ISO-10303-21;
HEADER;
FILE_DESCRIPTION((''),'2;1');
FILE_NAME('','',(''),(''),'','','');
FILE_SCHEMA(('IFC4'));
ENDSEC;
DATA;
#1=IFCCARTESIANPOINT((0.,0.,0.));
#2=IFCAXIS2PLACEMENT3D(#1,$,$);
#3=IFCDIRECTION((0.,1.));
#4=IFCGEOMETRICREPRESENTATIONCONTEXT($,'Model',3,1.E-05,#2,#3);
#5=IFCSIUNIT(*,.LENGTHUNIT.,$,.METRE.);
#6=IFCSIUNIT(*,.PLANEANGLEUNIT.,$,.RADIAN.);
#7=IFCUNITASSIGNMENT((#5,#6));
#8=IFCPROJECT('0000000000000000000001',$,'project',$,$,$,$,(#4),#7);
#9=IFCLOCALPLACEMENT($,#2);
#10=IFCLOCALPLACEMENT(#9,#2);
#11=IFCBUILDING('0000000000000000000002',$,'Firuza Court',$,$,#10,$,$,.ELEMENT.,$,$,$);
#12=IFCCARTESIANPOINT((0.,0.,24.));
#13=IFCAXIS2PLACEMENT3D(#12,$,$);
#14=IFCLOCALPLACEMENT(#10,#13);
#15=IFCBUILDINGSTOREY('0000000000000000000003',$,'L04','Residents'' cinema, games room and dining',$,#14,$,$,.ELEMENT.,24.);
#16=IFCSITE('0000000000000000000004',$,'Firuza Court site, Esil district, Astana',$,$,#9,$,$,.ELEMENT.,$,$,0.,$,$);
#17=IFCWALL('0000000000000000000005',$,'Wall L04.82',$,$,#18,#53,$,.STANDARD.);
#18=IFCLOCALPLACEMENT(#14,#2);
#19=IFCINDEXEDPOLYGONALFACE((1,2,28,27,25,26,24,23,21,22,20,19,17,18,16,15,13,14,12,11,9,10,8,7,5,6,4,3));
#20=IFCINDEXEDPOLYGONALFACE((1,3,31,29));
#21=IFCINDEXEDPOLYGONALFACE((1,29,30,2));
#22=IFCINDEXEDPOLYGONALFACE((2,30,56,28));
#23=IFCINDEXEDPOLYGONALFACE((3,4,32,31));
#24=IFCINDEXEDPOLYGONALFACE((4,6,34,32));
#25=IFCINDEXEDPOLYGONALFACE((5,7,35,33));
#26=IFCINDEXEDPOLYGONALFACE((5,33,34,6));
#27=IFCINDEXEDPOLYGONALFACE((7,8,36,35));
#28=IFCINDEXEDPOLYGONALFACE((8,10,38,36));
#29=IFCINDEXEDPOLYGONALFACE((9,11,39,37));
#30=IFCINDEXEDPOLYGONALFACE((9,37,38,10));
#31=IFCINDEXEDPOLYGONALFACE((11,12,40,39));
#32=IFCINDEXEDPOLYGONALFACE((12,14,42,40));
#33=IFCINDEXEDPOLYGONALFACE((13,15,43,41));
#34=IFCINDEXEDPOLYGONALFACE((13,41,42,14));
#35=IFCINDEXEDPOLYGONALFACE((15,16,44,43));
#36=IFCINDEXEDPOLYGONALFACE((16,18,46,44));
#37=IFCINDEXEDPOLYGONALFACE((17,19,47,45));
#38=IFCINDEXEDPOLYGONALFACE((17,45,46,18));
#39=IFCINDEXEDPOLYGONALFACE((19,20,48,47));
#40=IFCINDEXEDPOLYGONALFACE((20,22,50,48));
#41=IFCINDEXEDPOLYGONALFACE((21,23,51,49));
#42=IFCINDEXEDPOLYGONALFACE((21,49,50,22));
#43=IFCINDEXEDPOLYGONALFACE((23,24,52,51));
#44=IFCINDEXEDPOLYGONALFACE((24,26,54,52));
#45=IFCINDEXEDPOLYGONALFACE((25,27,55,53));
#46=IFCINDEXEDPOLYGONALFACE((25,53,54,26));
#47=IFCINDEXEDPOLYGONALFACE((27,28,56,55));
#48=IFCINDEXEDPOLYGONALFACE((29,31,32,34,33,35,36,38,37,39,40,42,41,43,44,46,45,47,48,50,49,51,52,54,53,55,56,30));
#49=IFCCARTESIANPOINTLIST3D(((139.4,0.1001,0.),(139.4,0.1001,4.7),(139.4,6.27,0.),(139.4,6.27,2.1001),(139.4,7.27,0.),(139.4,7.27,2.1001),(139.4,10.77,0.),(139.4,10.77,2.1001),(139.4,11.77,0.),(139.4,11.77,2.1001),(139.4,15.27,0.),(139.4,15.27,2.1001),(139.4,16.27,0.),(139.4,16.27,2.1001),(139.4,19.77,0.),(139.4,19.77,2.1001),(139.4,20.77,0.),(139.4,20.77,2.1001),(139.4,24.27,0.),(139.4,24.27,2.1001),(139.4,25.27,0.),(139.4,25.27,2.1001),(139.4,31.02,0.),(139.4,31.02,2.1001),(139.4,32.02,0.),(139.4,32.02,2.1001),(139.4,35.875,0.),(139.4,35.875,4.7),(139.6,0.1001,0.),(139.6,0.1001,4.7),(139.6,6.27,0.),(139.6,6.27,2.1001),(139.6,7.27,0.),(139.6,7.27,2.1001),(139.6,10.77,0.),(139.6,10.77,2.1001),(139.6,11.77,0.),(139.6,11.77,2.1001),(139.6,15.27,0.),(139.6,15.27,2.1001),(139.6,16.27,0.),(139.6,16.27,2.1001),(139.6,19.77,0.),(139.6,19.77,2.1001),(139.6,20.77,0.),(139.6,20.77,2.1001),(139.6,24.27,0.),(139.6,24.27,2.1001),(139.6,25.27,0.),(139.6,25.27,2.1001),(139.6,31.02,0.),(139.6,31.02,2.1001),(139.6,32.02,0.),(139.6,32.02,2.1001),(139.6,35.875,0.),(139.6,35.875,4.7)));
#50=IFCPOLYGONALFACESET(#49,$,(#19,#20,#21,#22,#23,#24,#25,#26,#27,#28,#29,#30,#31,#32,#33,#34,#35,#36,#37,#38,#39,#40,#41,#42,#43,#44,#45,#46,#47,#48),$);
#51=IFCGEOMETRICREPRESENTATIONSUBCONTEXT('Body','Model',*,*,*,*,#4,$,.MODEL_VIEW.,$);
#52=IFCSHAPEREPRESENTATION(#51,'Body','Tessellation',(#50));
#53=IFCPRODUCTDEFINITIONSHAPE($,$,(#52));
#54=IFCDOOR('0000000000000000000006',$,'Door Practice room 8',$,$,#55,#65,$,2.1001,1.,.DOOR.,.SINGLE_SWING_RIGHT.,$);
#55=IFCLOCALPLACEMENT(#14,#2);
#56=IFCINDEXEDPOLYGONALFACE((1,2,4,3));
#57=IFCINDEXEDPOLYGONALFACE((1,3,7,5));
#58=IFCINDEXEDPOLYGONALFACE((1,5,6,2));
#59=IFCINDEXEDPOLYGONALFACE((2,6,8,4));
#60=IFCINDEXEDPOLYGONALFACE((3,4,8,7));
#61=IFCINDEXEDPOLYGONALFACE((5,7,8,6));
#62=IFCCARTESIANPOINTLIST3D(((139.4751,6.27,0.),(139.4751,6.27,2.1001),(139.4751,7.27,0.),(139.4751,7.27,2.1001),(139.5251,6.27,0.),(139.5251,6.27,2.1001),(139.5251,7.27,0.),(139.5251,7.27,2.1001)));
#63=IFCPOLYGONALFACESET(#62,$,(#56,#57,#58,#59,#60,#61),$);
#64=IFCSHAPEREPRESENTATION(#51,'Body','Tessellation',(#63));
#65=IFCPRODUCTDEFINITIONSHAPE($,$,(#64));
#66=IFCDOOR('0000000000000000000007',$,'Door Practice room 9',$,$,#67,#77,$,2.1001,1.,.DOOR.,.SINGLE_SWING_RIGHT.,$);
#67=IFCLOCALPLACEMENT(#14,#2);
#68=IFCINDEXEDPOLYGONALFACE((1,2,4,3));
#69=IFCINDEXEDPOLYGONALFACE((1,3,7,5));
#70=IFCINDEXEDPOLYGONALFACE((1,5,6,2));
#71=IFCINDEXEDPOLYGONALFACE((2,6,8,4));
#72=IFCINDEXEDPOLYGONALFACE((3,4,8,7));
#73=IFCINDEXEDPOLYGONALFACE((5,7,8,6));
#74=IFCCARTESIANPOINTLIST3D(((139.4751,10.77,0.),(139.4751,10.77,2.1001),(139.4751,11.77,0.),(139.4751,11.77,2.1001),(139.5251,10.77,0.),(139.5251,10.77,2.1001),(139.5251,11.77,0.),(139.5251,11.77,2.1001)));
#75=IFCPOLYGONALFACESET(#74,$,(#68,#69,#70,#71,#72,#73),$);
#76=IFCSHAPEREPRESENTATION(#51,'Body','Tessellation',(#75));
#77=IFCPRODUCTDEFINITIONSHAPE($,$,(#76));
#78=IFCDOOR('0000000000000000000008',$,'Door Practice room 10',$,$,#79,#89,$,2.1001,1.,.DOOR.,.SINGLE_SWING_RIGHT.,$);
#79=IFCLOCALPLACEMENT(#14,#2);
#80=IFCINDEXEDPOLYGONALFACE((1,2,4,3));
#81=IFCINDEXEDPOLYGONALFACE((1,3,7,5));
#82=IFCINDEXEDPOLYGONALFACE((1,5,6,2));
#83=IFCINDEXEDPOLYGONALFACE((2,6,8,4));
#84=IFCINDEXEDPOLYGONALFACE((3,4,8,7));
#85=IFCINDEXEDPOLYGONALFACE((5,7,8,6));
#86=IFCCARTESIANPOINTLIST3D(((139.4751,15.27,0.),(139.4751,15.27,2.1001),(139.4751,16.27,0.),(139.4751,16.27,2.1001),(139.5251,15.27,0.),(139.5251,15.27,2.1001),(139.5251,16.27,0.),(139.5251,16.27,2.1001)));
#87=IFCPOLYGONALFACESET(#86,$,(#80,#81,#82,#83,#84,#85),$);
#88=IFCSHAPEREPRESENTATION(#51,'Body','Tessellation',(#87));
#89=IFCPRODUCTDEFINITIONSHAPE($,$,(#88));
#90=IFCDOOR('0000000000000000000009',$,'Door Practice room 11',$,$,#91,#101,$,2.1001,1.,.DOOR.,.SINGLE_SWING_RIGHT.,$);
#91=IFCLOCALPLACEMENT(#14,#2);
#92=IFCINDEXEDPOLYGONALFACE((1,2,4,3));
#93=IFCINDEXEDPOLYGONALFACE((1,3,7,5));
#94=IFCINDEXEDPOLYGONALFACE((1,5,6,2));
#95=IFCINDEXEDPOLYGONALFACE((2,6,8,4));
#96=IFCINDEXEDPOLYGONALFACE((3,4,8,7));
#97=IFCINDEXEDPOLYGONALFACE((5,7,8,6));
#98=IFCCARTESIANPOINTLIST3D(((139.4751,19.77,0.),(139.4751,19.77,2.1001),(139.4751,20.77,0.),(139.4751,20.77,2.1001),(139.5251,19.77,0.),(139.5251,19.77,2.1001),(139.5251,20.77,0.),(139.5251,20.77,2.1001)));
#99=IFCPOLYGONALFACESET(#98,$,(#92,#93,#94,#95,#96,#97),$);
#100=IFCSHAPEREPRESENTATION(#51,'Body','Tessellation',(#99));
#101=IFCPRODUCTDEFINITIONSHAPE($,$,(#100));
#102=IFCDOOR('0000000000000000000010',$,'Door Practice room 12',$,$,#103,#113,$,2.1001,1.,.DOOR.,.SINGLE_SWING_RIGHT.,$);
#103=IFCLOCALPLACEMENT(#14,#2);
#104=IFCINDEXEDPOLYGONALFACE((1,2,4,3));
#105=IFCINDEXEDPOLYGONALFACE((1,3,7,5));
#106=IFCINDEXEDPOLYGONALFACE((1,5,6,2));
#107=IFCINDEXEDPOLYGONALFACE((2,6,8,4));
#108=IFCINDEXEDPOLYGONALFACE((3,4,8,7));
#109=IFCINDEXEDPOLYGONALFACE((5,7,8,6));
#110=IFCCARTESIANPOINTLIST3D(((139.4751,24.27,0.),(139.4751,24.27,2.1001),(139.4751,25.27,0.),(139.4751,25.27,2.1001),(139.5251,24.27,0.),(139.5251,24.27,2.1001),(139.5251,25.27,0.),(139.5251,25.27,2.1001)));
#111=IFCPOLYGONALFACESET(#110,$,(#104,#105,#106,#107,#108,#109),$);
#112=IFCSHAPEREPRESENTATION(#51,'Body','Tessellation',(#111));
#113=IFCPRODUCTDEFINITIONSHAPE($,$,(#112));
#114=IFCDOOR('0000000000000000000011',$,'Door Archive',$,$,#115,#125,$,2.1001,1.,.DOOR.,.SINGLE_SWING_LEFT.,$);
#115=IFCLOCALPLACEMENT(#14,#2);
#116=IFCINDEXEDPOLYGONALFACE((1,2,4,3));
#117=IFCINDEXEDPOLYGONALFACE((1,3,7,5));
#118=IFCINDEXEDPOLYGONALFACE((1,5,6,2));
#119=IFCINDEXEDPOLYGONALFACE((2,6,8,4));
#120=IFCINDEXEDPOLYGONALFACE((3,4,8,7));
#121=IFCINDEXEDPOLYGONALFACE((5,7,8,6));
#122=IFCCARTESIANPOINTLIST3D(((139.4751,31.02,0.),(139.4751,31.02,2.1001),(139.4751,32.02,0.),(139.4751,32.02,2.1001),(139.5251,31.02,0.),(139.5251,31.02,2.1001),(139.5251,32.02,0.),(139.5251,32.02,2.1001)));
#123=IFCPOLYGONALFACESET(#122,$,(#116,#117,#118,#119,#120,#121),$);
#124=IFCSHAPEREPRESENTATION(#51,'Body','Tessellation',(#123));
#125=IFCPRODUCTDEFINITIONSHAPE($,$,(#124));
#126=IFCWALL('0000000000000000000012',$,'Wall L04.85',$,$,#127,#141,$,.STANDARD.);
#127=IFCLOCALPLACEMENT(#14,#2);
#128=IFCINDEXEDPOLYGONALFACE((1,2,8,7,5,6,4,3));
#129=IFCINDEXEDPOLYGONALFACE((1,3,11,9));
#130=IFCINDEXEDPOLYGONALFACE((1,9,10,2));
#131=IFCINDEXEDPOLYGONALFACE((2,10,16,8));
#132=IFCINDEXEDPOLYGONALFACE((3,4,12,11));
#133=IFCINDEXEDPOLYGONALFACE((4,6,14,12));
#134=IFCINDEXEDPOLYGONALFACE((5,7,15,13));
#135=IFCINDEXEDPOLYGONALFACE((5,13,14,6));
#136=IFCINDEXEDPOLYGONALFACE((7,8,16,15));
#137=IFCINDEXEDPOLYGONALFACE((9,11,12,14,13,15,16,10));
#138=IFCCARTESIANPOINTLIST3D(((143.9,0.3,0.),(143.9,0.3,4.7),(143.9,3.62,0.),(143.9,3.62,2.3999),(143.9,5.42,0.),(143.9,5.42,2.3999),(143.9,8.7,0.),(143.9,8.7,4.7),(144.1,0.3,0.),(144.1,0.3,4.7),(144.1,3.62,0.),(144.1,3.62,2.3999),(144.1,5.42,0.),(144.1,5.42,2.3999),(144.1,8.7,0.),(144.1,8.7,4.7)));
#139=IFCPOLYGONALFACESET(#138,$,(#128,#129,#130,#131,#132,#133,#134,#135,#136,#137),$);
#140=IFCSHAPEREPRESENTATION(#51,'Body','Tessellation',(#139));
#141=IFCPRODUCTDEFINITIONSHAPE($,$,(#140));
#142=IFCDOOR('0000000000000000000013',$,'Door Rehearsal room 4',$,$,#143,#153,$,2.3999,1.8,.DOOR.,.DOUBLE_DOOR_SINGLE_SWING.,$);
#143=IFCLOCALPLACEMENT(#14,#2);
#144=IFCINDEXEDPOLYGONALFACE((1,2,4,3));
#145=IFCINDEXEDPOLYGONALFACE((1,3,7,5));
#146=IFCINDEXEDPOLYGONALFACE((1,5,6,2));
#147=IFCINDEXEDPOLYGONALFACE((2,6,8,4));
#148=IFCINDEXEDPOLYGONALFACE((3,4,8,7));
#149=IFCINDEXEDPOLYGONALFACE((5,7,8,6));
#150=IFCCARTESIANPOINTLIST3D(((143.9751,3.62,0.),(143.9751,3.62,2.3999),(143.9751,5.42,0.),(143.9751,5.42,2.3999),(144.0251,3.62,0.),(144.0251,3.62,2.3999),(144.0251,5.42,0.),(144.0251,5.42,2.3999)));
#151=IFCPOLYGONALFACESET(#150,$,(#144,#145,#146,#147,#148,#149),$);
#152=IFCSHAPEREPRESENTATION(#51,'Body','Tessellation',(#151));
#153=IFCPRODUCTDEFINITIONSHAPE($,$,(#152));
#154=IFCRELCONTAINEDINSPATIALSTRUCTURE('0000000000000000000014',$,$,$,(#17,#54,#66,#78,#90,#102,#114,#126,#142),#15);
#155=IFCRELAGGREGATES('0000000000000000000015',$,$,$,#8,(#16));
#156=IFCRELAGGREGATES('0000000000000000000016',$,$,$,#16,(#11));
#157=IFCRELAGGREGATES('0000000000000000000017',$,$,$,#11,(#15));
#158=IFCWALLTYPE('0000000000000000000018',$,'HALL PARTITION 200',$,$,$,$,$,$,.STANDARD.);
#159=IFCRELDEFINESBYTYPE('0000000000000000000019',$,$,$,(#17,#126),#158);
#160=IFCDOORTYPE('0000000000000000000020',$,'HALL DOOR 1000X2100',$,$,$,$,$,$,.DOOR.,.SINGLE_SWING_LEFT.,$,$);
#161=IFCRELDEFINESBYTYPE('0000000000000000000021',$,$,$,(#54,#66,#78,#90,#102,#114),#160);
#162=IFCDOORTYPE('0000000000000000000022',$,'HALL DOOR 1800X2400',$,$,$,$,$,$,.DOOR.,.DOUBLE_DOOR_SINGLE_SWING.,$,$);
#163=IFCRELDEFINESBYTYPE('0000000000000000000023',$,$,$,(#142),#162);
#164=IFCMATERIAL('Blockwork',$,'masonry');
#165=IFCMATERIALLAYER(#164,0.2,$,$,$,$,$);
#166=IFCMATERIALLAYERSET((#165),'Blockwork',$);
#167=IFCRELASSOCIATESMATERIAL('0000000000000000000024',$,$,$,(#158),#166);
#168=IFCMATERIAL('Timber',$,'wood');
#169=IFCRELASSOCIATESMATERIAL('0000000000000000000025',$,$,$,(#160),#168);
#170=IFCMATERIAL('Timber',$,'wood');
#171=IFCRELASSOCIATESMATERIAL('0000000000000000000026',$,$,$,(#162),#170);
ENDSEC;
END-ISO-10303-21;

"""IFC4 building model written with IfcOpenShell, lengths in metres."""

from ifc_helpers import new_model, si_unit, direction, frame, frame_2d, origin, place, context, subcontext, project, spatial, rectangle, extrude, material, layer, layer_set, type_object, element, fill, save


model = new_model("IFC4")

# Units and contexts
model_context = context("Model", 3, precision=1e-05, world=origin(), true_north=direction((0.0, 1.0)))
body_context = subcontext(model_context, "Body", "Model", "MODEL_VIEW")
ifc_project = project(units=[si_unit("LENGTHUNIT", "METRE"), si_unit("PLANEANGLEUNIT", "RADIAN")], contexts=[model_context])

# Site, building, storey
site_placement = place(None, origin())
site = spatial("IfcSite", under=ifc_project, at=site_placement, Name="Firuza Court site, Esil district, Astana", CompositionType="ELEMENT", RefElevation=0.0)
building_placement = place(site_placement, origin())
building = spatial("IfcBuilding", under=site, at=building_placement, Name="Firuza Court", CompositionType="ELEMENT")
storey_placement = place(building_placement, frame((0.0, 0.0, 24.0)))
storey = spatial("IfcBuildingStorey", under=building, at=storey_placement, Name="L04", Description="Residents' cinema, games room and dining", CompositionType="ELEMENT", Elevation=24.0)

# Shared definitions
ifc_material_1 = material(Name="Blockwork", Category="masonry")
ifc_layer_1 = layer(ifc_material_1, 0.2)
ifc_layer_set_1 = layer_set([ifc_layer_1], Name="Blockwork")
wall_type_1 = type_object("IfcWallType", Name="HALL PARTITION 200", PredefinedType="STANDARD", material=ifc_layer_set_1)

# Wall, openings, doors
wall_1_placement = place(storey_placement, frame((139.5, 0.1001, 0.0), z_axis=(0.0, 0.0, 1.0), x_axis=(0.0, 1.0, 0.0)))
wall_1 = element("IfcWall", 1, at=wall_1_placement, inside=storey, type_object=wall_type_1, Name="Wall L04.82", PredefinedType="STANDARD", context=body_context, shape_type="SweptSolid", body=[
    extrude(rectangle(XDim=35.7749, YDim=0.2, at=frame_2d((17.8875, 0.0))), origin(), (0.0, 0.0, 1.0), 4.7),
])
opening_1_placement = place(wall_1_placement, frame((6.1699, 0.0, 0.0)))
opening_1 = element("IfcOpeningElement", 2, at=opening_1_placement, cuts=wall_1, PredefinedType="OPENING", context=body_context, shape_type="SweptSolid", body=[
    extrude(rectangle(XDim=1.0, YDim=2.1001, at=frame_2d((0.5, 1.05))), frame((0.0, 0.1118, 0.0), z_axis=(0.0, -1.0, 0.0), x_axis=(1.0, 0.0, 0.0)), (0.0, 0.0, 1.0), 0.2239),
])
opening_2_placement = place(wall_1_placement, frame((10.6699, 0.0, 0.0)))
opening_2 = element("IfcOpeningElement", 3, at=opening_2_placement, cuts=wall_1, PredefinedType="OPENING", context=body_context, shape_type="SweptSolid", body=[
    extrude(rectangle(XDim=1.0, YDim=2.1001, at=frame_2d((0.5, 1.05))), frame((0.0, 0.1118, 0.0), z_axis=(0.0, -1.0, 0.0), x_axis=(1.0, 0.0, 0.0)), (0.0, 0.0, 1.0), 0.2239),
])
opening_3_placement = place(wall_1_placement, frame((15.1699, 0.0, 0.0)))
opening_3 = element("IfcOpeningElement", 4, at=opening_3_placement, cuts=wall_1, PredefinedType="OPENING", context=body_context, shape_type="SweptSolid", body=[
    extrude(rectangle(XDim=1.0, YDim=2.1001, at=frame_2d((0.5, 1.05))), frame((0.0, 0.1118, 0.0), z_axis=(0.0, -1.0, 0.0), x_axis=(1.0, 0.0, 0.0)), (0.0, 0.0, 1.0), 0.2239),
])
opening_4_placement = place(wall_1_placement, frame((19.6699, 0.0, 0.0)))
opening_4 = element("IfcOpeningElement", 5, at=opening_4_placement, cuts=wall_1, PredefinedType="OPENING", context=body_context, shape_type="SweptSolid", body=[
    extrude(rectangle(XDim=1.0, YDim=2.1001, at=frame_2d((0.5, 1.05))), frame((0.0, 0.1118, 0.0), z_axis=(0.0, -1.0, 0.0), x_axis=(1.0, 0.0, 0.0)), (0.0, 0.0, 1.0), 0.2239),
])
opening_5_placement = place(wall_1_placement, frame((24.1699, 0.0, 0.0)))
opening_5 = element("IfcOpeningElement", 6, at=opening_5_placement, cuts=wall_1, PredefinedType="OPENING", context=body_context, shape_type="SweptSolid", body=[
    extrude(rectangle(XDim=1.0, YDim=2.1001, at=frame_2d((0.5, 1.05))), frame((0.0, 0.1118, 0.0), z_axis=(0.0, -1.0, 0.0), x_axis=(1.0, 0.0, 0.0)), (0.0, 0.0, 1.0), 0.2239),
])
opening_6_placement = place(wall_1_placement, frame((30.9199, 0.0, 0.0)))
opening_6 = element("IfcOpeningElement", 7, at=opening_6_placement, cuts=wall_1, PredefinedType="OPENING", context=body_context, shape_type="SweptSolid", body=[
    extrude(rectangle(XDim=1.0, YDim=2.1001, at=frame_2d((0.5, 1.05))), frame((0.0, 0.1118, 0.0), z_axis=(0.0, -1.0, 0.0), x_axis=(1.0, 0.0, 0.0)), (0.0, 0.0, 1.0), 0.2239),
])
ifc_material_2 = material(Name="Timber", Category="wood")
door_type_1 = type_object("IfcDoorType", Name="HALL DOOR 1000X2100", OperationType="SINGLE_SWING_LEFT", PredefinedType="DOOR", material=ifc_material_2)
door_1_placement = place(opening_1_placement, origin())
door_1 = element("IfcDoor", 8, at=door_1_placement, inside=storey, type_object=door_type_1, Name="Door Practice room 8", OperationType="SINGLE_SWING_RIGHT", OverallHeight=2.1001, OverallWidth=1.0, PredefinedType="DOOR", context=body_context, shape_type="SweptSolid", body=[
    extrude(rectangle(XDim=1.0, YDim=2.1001, at=frame_2d((0.5, 1.05))), frame((0.0, 0.0249, 0.0), z_axis=(0.0, -1.0, 0.0), x_axis=(1.0, 0.0, 0.0)), (0.0, 0.0, 1.0), 0.05),
])
fill(opening_1, door_1)
door_2_placement = place(opening_2_placement, origin())
door_2 = element("IfcDoor", 9, at=door_2_placement, inside=storey, type_object=door_type_1, Name="Door Practice room 9", OperationType="SINGLE_SWING_RIGHT", OverallHeight=2.1001, OverallWidth=1.0, PredefinedType="DOOR", context=body_context, shape_type="SweptSolid", body=[
    extrude(rectangle(XDim=1.0, YDim=2.1001, at=frame_2d((0.5, 1.05))), frame((0.0, 0.0249, 0.0), z_axis=(0.0, -1.0, 0.0), x_axis=(1.0, 0.0, 0.0)), (0.0, 0.0, 1.0), 0.05),
])
fill(opening_2, door_2)
door_3_placement = place(opening_3_placement, origin())
door_3 = element("IfcDoor", 10, at=door_3_placement, inside=storey, type_object=door_type_1, Name="Door Practice room 10", OperationType="SINGLE_SWING_RIGHT", OverallHeight=2.1001, OverallWidth=1.0, PredefinedType="DOOR", context=body_context, shape_type="SweptSolid", body=[
    extrude(rectangle(XDim=1.0, YDim=2.1001, at=frame_2d((0.5, 1.05))), frame((0.0, 0.0249, 0.0), z_axis=(0.0, -1.0, 0.0), x_axis=(1.0, 0.0, 0.0)), (0.0, 0.0, 1.0), 0.05),
])
fill(opening_3, door_3)
door_4_placement = place(opening_4_placement, origin())
door_4 = element("IfcDoor", 11, at=door_4_placement, inside=storey, type_object=door_type_1, Name="Door Practice room 11", OperationType="SINGLE_SWING_RIGHT", OverallHeight=2.1001, OverallWidth=1.0, PredefinedType="DOOR", context=body_context, shape_type="SweptSolid", body=[
    extrude(rectangle(XDim=1.0, YDim=2.1001, at=frame_2d((0.5, 1.05))), frame((0.0, 0.0249, 0.0), z_axis=(0.0, -1.0, 0.0), x_axis=(1.0, 0.0, 0.0)), (0.0, 0.0, 1.0), 0.05),
])
fill(opening_4, door_4)
door_5_placement = place(opening_5_placement, origin())
door_5 = element("IfcDoor", 12, at=door_5_placement, inside=storey, type_object=door_type_1, Name="Door Practice room 12", OperationType="SINGLE_SWING_RIGHT", OverallHeight=2.1001, OverallWidth=1.0, PredefinedType="DOOR", context=body_context, shape_type="SweptSolid", body=[
    extrude(rectangle(XDim=1.0, YDim=2.1001, at=frame_2d((0.5, 1.05))), frame((0.0, 0.0249, 0.0), z_axis=(0.0, -1.0, 0.0), x_axis=(1.0, 0.0, 0.0)), (0.0, 0.0, 1.0), 0.05),
])
fill(opening_5, door_5)
door_6_placement = place(opening_6_placement, origin())
door_6 = element("IfcDoor", 13, at=door_6_placement, inside=storey, type_object=door_type_1, Name="Door Archive", OperationType="SINGLE_SWING_LEFT", OverallHeight=2.1001, OverallWidth=1.0, PredefinedType="DOOR", context=body_context, shape_type="SweptSolid", body=[
    extrude(rectangle(XDim=1.0, YDim=2.1001, at=frame_2d((0.5, 1.05))), frame((0.0, 0.0249, 0.0), z_axis=(0.0, -1.0, 0.0), x_axis=(1.0, 0.0, 0.0)), (0.0, 0.0, 1.0), 0.05),
])
fill(opening_6, door_6)

# Wall, opening, door
wall_2_placement = place(storey_placement, frame((144.0, 0.3, 0.0), z_axis=(0.0, 0.0, 1.0), x_axis=(0.0, 1.0, 0.0)))
wall_2 = element("IfcWall", 14, at=wall_2_placement, inside=storey, type_object=wall_type_1, Name="Wall L04.85", PredefinedType="STANDARD", context=body_context, shape_type="SweptSolid", body=[
    extrude(rectangle(XDim=8.3999, YDim=0.2, at=frame_2d((4.2, 0.0))), origin(), (0.0, 0.0, 1.0), 4.7),
])
opening_7_placement = place(wall_2_placement, frame((3.3201, 0.0, 0.0)))
opening_7 = element("IfcOpeningElement", 15, at=opening_7_placement, cuts=wall_2, PredefinedType="OPENING", context=body_context, shape_type="SweptSolid", body=[
    extrude(rectangle(XDim=1.8, YDim=2.3999, at=frame_2d((0.8999, 1.2))), frame((0.0, 0.1118, 0.0), z_axis=(0.0, -1.0, 0.0), x_axis=(1.0, 0.0, 0.0)), (0.0, 0.0, 1.0), 0.2239),
])
ifc_material_3 = material(Name="Timber", Category="wood")
door_type_2 = type_object("IfcDoorType", Name="HALL DOOR 1800X2400", OperationType="DOUBLE_DOOR_SINGLE_SWING", PredefinedType="DOOR", material=ifc_material_3)
door_7_placement = place(opening_7_placement, origin())
door_7 = element("IfcDoor", 16, at=door_7_placement, inside=storey, type_object=door_type_2, Name="Door Rehearsal room 4", OperationType="DOUBLE_DOOR_SINGLE_SWING", OverallHeight=2.3999, OverallWidth=1.8, PredefinedType="DOOR", context=body_context, shape_type="SweptSolid", body=[
    extrude(rectangle(XDim=1.8, YDim=2.3999, at=frame_2d((0.8999, 1.2))), frame((0.0, 0.0249, 0.0), z_axis=(0.0, -1.0, 0.0), x_axis=(1.0, 0.0, 0.0)), (0.0, 0.0, 1.0), 0.05),
])
fill(opening_7, door_7)

save(model, "model.ifc")
